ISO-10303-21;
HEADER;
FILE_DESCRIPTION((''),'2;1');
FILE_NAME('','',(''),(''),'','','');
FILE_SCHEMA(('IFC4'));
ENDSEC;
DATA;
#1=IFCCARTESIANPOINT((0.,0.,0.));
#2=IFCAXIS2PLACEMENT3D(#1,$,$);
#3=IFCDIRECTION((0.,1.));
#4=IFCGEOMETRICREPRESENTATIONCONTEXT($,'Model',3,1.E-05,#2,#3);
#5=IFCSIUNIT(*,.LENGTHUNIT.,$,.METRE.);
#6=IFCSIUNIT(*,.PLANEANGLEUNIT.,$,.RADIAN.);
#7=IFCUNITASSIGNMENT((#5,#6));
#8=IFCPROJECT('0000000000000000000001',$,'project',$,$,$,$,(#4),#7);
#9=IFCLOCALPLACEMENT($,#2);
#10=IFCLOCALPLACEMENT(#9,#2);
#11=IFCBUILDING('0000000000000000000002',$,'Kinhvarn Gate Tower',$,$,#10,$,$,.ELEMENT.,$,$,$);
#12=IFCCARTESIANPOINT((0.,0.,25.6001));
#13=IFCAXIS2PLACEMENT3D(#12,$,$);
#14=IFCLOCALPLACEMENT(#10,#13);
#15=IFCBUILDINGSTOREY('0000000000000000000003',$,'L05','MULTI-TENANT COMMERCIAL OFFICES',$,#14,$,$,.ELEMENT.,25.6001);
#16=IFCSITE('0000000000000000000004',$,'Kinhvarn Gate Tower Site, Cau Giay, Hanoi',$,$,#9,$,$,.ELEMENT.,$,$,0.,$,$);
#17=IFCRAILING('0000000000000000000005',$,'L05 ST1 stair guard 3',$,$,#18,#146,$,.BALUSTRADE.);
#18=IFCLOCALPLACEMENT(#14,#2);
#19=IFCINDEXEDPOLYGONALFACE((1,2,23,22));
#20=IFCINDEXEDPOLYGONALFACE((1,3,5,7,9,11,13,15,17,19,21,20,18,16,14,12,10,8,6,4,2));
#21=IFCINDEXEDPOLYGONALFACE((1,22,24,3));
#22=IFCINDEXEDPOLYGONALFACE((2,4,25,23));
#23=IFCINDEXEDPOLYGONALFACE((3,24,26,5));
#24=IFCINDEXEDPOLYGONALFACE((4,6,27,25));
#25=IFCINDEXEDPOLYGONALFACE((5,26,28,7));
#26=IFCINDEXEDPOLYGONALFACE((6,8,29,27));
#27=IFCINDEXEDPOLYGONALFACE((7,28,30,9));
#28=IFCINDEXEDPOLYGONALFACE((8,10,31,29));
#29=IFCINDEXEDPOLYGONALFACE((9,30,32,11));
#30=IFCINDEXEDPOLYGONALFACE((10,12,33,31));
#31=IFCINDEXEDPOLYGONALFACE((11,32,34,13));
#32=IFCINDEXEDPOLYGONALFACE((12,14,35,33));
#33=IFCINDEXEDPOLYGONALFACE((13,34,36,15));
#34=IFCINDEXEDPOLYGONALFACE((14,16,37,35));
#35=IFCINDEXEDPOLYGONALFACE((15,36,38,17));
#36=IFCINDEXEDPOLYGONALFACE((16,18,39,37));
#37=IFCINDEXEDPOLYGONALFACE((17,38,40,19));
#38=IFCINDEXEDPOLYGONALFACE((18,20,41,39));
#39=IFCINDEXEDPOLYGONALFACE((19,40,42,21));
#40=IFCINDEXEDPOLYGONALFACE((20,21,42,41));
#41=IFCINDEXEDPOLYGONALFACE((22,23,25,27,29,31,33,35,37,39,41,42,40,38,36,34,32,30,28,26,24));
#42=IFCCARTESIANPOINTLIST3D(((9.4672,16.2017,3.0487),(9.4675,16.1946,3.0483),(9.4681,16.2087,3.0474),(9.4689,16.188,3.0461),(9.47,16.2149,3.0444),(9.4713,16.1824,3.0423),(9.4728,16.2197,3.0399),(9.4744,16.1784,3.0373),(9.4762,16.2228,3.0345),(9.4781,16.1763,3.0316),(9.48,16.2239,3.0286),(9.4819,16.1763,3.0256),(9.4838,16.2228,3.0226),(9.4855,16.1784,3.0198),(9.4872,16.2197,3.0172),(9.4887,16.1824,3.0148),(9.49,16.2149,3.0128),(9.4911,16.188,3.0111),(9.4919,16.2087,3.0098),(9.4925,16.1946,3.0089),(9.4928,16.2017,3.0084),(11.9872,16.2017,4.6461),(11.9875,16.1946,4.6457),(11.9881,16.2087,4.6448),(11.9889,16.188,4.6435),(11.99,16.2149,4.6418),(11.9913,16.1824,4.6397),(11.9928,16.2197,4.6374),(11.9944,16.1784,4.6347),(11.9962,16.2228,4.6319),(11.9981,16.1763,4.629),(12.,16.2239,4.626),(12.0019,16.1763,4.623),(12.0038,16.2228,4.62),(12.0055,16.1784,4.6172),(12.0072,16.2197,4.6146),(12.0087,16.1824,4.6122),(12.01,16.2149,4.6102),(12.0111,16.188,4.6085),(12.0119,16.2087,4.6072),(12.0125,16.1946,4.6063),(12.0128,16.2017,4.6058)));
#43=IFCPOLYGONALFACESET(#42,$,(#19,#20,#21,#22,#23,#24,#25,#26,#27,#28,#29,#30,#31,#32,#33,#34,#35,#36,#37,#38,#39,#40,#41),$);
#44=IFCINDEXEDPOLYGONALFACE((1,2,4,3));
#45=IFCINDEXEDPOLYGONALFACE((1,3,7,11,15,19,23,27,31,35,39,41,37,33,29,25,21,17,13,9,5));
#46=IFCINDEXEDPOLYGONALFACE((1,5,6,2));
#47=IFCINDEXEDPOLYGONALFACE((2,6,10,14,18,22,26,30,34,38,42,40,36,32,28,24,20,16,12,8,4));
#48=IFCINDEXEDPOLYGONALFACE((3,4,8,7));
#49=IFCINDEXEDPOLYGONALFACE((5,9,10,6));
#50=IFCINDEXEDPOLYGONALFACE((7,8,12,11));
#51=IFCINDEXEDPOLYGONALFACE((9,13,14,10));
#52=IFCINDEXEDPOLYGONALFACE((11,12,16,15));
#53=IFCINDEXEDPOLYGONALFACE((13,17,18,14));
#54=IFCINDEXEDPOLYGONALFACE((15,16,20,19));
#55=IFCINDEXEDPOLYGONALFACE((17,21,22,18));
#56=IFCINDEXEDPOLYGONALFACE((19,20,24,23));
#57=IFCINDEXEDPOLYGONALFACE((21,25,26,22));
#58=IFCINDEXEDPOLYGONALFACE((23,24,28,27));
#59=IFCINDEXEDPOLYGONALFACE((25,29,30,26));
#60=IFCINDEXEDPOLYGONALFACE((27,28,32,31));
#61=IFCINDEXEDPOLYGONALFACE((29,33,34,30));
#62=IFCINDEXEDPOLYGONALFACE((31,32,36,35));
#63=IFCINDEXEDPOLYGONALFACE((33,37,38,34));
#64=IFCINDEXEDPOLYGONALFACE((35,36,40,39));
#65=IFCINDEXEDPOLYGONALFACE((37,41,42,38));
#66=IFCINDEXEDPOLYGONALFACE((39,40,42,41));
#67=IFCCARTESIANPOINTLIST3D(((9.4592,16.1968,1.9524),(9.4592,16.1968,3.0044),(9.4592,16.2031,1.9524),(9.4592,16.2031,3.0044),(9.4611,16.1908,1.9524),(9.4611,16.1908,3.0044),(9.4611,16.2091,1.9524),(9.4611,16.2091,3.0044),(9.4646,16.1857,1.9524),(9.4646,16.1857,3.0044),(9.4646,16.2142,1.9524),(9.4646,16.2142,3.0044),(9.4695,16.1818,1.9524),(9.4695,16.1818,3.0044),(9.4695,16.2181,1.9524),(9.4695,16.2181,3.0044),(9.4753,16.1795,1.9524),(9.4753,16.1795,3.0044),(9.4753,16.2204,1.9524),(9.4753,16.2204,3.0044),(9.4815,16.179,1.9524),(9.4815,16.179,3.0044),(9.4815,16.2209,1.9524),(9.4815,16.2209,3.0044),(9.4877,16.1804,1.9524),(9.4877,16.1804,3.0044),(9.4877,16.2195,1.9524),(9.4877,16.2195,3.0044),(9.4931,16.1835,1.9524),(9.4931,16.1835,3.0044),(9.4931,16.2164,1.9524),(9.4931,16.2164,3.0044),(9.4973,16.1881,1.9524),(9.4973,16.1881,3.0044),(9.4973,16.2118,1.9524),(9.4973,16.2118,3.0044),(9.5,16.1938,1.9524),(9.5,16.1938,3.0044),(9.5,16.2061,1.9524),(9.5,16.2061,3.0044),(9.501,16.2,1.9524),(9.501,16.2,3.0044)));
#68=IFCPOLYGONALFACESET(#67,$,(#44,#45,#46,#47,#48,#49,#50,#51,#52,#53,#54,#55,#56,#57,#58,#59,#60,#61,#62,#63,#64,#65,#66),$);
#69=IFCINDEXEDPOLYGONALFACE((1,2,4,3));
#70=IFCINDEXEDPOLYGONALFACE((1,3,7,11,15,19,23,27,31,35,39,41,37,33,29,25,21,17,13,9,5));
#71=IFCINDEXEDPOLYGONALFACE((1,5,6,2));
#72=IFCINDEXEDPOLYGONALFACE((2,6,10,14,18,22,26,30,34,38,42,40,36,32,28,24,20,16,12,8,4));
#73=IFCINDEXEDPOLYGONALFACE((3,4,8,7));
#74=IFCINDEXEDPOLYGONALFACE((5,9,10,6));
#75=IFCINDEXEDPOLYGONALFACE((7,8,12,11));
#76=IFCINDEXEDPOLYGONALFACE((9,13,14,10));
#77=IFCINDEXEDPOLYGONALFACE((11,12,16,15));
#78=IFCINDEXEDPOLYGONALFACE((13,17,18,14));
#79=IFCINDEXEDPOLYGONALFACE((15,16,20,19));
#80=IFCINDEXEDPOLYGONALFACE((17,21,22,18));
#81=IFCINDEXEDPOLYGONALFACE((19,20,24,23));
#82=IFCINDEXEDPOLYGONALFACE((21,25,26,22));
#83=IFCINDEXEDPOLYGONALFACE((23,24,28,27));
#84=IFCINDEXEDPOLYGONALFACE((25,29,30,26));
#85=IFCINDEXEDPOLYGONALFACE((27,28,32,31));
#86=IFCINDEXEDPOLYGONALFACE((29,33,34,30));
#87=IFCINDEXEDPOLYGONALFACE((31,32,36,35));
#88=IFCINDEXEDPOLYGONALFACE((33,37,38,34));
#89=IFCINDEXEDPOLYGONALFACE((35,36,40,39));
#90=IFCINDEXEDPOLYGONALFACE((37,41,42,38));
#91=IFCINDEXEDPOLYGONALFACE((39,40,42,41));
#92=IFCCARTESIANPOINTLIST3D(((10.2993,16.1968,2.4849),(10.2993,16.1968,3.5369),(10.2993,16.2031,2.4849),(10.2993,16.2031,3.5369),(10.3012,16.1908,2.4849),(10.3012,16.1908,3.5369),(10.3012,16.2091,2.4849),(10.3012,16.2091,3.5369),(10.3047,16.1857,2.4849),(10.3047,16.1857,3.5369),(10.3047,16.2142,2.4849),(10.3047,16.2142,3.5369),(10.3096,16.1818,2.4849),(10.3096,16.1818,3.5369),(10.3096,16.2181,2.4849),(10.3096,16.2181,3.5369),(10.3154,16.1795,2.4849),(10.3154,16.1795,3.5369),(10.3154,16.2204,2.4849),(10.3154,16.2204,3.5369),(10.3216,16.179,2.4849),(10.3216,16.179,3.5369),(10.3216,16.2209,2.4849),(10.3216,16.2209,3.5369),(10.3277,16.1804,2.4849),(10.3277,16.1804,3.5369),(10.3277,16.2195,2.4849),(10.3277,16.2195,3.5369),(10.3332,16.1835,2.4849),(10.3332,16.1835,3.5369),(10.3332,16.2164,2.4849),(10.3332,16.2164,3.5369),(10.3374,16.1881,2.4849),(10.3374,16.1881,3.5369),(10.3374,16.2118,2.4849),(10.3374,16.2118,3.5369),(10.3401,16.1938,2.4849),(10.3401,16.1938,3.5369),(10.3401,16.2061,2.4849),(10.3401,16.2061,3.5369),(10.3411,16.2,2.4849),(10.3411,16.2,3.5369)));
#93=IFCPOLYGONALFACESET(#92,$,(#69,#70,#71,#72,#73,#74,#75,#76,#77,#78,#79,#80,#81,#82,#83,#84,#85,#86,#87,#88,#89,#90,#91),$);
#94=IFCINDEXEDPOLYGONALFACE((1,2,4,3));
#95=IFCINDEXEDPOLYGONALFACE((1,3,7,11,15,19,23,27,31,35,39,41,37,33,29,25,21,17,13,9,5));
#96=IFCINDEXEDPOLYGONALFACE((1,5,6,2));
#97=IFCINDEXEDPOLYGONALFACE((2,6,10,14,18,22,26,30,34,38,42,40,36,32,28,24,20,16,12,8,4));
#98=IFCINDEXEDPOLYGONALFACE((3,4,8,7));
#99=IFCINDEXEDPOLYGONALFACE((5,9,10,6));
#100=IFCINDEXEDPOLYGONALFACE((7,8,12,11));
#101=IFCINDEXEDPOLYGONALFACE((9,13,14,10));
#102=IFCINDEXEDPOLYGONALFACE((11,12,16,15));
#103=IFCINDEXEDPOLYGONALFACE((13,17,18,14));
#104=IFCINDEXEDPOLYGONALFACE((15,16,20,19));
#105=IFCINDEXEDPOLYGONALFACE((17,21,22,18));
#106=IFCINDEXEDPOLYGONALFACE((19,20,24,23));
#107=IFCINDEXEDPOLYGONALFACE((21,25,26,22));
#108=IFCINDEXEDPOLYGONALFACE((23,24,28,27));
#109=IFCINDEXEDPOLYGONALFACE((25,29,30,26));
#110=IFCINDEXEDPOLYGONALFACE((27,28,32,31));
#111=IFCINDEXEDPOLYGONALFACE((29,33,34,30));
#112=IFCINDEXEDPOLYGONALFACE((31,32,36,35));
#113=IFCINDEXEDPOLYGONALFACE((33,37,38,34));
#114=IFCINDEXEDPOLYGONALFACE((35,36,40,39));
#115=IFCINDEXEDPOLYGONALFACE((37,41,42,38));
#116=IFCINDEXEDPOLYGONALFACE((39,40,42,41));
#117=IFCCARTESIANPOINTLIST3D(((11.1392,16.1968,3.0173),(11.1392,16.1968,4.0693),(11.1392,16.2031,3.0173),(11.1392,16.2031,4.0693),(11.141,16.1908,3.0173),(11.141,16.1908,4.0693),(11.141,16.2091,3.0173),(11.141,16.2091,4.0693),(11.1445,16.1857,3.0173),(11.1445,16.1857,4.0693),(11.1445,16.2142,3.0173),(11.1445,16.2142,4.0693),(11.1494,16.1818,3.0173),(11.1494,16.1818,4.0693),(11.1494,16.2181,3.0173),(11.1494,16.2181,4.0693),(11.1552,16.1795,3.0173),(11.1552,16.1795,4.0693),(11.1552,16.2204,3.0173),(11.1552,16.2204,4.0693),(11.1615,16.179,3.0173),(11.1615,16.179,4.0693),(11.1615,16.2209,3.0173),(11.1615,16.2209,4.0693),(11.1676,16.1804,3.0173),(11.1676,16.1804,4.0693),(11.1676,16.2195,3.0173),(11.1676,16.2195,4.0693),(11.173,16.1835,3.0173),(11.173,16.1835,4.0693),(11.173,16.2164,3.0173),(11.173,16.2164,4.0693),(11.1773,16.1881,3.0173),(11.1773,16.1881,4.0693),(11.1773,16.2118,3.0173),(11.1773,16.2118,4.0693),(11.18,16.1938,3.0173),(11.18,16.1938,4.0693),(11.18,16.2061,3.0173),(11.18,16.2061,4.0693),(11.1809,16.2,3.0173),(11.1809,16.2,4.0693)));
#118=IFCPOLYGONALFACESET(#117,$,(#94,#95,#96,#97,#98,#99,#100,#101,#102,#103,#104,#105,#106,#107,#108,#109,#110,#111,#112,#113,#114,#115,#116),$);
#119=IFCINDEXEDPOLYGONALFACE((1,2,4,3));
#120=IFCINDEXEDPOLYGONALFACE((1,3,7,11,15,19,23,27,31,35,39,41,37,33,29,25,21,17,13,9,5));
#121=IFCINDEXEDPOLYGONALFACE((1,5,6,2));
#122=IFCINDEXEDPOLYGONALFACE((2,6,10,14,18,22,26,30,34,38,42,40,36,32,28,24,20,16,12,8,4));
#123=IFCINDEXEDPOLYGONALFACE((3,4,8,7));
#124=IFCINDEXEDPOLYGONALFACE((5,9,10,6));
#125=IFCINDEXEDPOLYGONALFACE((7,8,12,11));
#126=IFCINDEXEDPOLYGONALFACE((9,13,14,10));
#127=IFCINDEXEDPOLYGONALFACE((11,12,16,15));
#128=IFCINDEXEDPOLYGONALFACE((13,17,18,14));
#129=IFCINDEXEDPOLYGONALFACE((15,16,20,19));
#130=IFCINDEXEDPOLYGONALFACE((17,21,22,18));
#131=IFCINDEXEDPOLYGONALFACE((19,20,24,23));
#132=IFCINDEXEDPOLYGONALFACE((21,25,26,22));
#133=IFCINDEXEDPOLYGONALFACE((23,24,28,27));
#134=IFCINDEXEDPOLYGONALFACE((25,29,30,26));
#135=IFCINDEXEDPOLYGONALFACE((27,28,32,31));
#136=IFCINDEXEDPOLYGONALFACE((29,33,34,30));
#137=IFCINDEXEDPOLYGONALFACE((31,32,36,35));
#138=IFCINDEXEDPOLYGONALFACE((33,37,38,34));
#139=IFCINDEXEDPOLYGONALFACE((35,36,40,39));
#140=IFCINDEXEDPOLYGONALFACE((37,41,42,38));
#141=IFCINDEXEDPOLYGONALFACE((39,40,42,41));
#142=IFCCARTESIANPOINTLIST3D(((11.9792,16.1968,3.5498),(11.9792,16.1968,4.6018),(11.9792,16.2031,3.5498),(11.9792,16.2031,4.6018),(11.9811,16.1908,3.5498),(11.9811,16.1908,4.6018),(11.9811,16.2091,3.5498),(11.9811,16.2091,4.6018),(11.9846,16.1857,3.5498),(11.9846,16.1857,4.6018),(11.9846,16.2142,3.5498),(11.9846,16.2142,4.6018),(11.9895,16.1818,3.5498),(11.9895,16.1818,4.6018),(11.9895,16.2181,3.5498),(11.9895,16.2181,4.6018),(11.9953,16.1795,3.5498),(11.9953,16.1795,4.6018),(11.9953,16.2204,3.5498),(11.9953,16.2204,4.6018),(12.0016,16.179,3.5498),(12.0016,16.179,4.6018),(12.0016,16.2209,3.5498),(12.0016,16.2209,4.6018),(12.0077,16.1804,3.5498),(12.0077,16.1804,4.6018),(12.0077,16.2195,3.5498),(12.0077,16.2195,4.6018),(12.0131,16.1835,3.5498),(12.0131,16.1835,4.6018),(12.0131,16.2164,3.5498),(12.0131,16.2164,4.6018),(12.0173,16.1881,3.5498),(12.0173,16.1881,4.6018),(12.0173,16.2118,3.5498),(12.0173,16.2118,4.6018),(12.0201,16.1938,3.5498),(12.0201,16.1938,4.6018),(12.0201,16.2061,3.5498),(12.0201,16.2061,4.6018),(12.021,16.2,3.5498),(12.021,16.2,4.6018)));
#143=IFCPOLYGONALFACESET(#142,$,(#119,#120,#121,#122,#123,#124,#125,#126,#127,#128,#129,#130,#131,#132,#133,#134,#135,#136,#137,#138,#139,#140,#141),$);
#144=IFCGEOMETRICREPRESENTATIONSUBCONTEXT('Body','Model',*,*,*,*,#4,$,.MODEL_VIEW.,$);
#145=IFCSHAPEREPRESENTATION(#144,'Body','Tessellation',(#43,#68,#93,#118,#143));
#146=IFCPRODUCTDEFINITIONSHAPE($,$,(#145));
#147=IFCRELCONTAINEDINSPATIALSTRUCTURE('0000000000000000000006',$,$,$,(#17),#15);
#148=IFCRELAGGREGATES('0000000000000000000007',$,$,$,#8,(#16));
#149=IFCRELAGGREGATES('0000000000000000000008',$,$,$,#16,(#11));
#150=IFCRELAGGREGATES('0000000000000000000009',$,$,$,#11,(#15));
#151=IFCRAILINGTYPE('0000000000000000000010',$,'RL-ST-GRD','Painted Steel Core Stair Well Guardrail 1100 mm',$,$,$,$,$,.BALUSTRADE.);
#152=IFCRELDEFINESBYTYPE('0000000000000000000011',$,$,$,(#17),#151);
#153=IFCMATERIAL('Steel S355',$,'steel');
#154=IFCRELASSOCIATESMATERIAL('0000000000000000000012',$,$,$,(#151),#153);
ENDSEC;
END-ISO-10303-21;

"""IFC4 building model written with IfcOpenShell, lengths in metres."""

from ifc_helpers import new_model, si_unit, direction, frame, origin, origin_2d, place, context, subcontext, project, spatial, circle, extrude, material, type_object, element, save


model = new_model("IFC4")

# Units and contexts
model_context = context("Model", 3, precision=1e-05, world=origin(), true_north=direction((0.0, 1.0)))
body_context = subcontext(model_context, "Body", "Model", "MODEL_VIEW")
ifc_project = project(units=[si_unit("LENGTHUNIT", "METRE"), si_unit("PLANEANGLEUNIT", "RADIAN")], contexts=[model_context])

# Site, building, storey
site_placement = place(None, origin())
site = spatial("IfcSite", under=ifc_project, at=site_placement, Name="Kinhvarn Gate Tower Site, Cau Giay, Hanoi", CompositionType="ELEMENT", RefElevation=0.0)
building_placement = place(site_placement, origin())
building = spatial("IfcBuilding", under=site, at=building_placement, Name="Kinhvarn Gate Tower", CompositionType="ELEMENT")
storey_placement = place(building_placement, frame((0.0, 0.0, 25.6001)))
storey = spatial("IfcBuildingStorey", under=building, at=storey_placement, Name="L05", Description="MULTI-TENANT COMMERCIAL OFFICES", CompositionType="ELEMENT", Elevation=25.6001)

# Shared definitions
ifc_material_1 = material(Name="Steel S355", Category="steel")

# Railing
railing_type_1 = type_object("IfcRailingType", Name="RL-ST-GRD", Description="Painted Steel Core Stair Well Guardrail 1100 mm", PredefinedType="BALUSTRADE", material=ifc_material_1)
railing_1_placement = place(storey_placement, frame((9.48, 16.2, 1.9524)))
element("IfcRailing", 1, at=railing_1_placement, inside=storey, type_object=railing_type_1, Name="L05 ST1 stair guard 3", PredefinedType="BALUSTRADE", context=body_context, shape_type="SweptSolid", body=[
    extrude(circle(Radius=0.0239, at=origin_2d()), frame((0.0, 0.0, 1.0762), z_axis=(0.844607, 0.0, 0.535387), x_axis=(0.0, 1.0, 0.0)), (0.0, 0.0, 1.0), 2.9836),
    extrude(circle(Radius=0.021, at=origin_2d()), origin(), (0.0, 0.0, 1.0), 1.052),
    extrude(circle(Radius=0.021, at=origin_2d()), frame((0.8401, 0.0, 0.5325)), (0.0, 0.0, 1.0), 1.052),
    extrude(circle(Radius=0.021, at=origin_2d()), frame((1.6799, 0.0, 1.0649)), (0.0, 0.0, 1.0), 1.052),
    extrude(circle(Radius=0.021, at=origin_2d()), frame((2.52, 0.0, 1.5974)), (0.0, 0.0, 1.0), 1.052),
])

save(model, "model.ifc")
